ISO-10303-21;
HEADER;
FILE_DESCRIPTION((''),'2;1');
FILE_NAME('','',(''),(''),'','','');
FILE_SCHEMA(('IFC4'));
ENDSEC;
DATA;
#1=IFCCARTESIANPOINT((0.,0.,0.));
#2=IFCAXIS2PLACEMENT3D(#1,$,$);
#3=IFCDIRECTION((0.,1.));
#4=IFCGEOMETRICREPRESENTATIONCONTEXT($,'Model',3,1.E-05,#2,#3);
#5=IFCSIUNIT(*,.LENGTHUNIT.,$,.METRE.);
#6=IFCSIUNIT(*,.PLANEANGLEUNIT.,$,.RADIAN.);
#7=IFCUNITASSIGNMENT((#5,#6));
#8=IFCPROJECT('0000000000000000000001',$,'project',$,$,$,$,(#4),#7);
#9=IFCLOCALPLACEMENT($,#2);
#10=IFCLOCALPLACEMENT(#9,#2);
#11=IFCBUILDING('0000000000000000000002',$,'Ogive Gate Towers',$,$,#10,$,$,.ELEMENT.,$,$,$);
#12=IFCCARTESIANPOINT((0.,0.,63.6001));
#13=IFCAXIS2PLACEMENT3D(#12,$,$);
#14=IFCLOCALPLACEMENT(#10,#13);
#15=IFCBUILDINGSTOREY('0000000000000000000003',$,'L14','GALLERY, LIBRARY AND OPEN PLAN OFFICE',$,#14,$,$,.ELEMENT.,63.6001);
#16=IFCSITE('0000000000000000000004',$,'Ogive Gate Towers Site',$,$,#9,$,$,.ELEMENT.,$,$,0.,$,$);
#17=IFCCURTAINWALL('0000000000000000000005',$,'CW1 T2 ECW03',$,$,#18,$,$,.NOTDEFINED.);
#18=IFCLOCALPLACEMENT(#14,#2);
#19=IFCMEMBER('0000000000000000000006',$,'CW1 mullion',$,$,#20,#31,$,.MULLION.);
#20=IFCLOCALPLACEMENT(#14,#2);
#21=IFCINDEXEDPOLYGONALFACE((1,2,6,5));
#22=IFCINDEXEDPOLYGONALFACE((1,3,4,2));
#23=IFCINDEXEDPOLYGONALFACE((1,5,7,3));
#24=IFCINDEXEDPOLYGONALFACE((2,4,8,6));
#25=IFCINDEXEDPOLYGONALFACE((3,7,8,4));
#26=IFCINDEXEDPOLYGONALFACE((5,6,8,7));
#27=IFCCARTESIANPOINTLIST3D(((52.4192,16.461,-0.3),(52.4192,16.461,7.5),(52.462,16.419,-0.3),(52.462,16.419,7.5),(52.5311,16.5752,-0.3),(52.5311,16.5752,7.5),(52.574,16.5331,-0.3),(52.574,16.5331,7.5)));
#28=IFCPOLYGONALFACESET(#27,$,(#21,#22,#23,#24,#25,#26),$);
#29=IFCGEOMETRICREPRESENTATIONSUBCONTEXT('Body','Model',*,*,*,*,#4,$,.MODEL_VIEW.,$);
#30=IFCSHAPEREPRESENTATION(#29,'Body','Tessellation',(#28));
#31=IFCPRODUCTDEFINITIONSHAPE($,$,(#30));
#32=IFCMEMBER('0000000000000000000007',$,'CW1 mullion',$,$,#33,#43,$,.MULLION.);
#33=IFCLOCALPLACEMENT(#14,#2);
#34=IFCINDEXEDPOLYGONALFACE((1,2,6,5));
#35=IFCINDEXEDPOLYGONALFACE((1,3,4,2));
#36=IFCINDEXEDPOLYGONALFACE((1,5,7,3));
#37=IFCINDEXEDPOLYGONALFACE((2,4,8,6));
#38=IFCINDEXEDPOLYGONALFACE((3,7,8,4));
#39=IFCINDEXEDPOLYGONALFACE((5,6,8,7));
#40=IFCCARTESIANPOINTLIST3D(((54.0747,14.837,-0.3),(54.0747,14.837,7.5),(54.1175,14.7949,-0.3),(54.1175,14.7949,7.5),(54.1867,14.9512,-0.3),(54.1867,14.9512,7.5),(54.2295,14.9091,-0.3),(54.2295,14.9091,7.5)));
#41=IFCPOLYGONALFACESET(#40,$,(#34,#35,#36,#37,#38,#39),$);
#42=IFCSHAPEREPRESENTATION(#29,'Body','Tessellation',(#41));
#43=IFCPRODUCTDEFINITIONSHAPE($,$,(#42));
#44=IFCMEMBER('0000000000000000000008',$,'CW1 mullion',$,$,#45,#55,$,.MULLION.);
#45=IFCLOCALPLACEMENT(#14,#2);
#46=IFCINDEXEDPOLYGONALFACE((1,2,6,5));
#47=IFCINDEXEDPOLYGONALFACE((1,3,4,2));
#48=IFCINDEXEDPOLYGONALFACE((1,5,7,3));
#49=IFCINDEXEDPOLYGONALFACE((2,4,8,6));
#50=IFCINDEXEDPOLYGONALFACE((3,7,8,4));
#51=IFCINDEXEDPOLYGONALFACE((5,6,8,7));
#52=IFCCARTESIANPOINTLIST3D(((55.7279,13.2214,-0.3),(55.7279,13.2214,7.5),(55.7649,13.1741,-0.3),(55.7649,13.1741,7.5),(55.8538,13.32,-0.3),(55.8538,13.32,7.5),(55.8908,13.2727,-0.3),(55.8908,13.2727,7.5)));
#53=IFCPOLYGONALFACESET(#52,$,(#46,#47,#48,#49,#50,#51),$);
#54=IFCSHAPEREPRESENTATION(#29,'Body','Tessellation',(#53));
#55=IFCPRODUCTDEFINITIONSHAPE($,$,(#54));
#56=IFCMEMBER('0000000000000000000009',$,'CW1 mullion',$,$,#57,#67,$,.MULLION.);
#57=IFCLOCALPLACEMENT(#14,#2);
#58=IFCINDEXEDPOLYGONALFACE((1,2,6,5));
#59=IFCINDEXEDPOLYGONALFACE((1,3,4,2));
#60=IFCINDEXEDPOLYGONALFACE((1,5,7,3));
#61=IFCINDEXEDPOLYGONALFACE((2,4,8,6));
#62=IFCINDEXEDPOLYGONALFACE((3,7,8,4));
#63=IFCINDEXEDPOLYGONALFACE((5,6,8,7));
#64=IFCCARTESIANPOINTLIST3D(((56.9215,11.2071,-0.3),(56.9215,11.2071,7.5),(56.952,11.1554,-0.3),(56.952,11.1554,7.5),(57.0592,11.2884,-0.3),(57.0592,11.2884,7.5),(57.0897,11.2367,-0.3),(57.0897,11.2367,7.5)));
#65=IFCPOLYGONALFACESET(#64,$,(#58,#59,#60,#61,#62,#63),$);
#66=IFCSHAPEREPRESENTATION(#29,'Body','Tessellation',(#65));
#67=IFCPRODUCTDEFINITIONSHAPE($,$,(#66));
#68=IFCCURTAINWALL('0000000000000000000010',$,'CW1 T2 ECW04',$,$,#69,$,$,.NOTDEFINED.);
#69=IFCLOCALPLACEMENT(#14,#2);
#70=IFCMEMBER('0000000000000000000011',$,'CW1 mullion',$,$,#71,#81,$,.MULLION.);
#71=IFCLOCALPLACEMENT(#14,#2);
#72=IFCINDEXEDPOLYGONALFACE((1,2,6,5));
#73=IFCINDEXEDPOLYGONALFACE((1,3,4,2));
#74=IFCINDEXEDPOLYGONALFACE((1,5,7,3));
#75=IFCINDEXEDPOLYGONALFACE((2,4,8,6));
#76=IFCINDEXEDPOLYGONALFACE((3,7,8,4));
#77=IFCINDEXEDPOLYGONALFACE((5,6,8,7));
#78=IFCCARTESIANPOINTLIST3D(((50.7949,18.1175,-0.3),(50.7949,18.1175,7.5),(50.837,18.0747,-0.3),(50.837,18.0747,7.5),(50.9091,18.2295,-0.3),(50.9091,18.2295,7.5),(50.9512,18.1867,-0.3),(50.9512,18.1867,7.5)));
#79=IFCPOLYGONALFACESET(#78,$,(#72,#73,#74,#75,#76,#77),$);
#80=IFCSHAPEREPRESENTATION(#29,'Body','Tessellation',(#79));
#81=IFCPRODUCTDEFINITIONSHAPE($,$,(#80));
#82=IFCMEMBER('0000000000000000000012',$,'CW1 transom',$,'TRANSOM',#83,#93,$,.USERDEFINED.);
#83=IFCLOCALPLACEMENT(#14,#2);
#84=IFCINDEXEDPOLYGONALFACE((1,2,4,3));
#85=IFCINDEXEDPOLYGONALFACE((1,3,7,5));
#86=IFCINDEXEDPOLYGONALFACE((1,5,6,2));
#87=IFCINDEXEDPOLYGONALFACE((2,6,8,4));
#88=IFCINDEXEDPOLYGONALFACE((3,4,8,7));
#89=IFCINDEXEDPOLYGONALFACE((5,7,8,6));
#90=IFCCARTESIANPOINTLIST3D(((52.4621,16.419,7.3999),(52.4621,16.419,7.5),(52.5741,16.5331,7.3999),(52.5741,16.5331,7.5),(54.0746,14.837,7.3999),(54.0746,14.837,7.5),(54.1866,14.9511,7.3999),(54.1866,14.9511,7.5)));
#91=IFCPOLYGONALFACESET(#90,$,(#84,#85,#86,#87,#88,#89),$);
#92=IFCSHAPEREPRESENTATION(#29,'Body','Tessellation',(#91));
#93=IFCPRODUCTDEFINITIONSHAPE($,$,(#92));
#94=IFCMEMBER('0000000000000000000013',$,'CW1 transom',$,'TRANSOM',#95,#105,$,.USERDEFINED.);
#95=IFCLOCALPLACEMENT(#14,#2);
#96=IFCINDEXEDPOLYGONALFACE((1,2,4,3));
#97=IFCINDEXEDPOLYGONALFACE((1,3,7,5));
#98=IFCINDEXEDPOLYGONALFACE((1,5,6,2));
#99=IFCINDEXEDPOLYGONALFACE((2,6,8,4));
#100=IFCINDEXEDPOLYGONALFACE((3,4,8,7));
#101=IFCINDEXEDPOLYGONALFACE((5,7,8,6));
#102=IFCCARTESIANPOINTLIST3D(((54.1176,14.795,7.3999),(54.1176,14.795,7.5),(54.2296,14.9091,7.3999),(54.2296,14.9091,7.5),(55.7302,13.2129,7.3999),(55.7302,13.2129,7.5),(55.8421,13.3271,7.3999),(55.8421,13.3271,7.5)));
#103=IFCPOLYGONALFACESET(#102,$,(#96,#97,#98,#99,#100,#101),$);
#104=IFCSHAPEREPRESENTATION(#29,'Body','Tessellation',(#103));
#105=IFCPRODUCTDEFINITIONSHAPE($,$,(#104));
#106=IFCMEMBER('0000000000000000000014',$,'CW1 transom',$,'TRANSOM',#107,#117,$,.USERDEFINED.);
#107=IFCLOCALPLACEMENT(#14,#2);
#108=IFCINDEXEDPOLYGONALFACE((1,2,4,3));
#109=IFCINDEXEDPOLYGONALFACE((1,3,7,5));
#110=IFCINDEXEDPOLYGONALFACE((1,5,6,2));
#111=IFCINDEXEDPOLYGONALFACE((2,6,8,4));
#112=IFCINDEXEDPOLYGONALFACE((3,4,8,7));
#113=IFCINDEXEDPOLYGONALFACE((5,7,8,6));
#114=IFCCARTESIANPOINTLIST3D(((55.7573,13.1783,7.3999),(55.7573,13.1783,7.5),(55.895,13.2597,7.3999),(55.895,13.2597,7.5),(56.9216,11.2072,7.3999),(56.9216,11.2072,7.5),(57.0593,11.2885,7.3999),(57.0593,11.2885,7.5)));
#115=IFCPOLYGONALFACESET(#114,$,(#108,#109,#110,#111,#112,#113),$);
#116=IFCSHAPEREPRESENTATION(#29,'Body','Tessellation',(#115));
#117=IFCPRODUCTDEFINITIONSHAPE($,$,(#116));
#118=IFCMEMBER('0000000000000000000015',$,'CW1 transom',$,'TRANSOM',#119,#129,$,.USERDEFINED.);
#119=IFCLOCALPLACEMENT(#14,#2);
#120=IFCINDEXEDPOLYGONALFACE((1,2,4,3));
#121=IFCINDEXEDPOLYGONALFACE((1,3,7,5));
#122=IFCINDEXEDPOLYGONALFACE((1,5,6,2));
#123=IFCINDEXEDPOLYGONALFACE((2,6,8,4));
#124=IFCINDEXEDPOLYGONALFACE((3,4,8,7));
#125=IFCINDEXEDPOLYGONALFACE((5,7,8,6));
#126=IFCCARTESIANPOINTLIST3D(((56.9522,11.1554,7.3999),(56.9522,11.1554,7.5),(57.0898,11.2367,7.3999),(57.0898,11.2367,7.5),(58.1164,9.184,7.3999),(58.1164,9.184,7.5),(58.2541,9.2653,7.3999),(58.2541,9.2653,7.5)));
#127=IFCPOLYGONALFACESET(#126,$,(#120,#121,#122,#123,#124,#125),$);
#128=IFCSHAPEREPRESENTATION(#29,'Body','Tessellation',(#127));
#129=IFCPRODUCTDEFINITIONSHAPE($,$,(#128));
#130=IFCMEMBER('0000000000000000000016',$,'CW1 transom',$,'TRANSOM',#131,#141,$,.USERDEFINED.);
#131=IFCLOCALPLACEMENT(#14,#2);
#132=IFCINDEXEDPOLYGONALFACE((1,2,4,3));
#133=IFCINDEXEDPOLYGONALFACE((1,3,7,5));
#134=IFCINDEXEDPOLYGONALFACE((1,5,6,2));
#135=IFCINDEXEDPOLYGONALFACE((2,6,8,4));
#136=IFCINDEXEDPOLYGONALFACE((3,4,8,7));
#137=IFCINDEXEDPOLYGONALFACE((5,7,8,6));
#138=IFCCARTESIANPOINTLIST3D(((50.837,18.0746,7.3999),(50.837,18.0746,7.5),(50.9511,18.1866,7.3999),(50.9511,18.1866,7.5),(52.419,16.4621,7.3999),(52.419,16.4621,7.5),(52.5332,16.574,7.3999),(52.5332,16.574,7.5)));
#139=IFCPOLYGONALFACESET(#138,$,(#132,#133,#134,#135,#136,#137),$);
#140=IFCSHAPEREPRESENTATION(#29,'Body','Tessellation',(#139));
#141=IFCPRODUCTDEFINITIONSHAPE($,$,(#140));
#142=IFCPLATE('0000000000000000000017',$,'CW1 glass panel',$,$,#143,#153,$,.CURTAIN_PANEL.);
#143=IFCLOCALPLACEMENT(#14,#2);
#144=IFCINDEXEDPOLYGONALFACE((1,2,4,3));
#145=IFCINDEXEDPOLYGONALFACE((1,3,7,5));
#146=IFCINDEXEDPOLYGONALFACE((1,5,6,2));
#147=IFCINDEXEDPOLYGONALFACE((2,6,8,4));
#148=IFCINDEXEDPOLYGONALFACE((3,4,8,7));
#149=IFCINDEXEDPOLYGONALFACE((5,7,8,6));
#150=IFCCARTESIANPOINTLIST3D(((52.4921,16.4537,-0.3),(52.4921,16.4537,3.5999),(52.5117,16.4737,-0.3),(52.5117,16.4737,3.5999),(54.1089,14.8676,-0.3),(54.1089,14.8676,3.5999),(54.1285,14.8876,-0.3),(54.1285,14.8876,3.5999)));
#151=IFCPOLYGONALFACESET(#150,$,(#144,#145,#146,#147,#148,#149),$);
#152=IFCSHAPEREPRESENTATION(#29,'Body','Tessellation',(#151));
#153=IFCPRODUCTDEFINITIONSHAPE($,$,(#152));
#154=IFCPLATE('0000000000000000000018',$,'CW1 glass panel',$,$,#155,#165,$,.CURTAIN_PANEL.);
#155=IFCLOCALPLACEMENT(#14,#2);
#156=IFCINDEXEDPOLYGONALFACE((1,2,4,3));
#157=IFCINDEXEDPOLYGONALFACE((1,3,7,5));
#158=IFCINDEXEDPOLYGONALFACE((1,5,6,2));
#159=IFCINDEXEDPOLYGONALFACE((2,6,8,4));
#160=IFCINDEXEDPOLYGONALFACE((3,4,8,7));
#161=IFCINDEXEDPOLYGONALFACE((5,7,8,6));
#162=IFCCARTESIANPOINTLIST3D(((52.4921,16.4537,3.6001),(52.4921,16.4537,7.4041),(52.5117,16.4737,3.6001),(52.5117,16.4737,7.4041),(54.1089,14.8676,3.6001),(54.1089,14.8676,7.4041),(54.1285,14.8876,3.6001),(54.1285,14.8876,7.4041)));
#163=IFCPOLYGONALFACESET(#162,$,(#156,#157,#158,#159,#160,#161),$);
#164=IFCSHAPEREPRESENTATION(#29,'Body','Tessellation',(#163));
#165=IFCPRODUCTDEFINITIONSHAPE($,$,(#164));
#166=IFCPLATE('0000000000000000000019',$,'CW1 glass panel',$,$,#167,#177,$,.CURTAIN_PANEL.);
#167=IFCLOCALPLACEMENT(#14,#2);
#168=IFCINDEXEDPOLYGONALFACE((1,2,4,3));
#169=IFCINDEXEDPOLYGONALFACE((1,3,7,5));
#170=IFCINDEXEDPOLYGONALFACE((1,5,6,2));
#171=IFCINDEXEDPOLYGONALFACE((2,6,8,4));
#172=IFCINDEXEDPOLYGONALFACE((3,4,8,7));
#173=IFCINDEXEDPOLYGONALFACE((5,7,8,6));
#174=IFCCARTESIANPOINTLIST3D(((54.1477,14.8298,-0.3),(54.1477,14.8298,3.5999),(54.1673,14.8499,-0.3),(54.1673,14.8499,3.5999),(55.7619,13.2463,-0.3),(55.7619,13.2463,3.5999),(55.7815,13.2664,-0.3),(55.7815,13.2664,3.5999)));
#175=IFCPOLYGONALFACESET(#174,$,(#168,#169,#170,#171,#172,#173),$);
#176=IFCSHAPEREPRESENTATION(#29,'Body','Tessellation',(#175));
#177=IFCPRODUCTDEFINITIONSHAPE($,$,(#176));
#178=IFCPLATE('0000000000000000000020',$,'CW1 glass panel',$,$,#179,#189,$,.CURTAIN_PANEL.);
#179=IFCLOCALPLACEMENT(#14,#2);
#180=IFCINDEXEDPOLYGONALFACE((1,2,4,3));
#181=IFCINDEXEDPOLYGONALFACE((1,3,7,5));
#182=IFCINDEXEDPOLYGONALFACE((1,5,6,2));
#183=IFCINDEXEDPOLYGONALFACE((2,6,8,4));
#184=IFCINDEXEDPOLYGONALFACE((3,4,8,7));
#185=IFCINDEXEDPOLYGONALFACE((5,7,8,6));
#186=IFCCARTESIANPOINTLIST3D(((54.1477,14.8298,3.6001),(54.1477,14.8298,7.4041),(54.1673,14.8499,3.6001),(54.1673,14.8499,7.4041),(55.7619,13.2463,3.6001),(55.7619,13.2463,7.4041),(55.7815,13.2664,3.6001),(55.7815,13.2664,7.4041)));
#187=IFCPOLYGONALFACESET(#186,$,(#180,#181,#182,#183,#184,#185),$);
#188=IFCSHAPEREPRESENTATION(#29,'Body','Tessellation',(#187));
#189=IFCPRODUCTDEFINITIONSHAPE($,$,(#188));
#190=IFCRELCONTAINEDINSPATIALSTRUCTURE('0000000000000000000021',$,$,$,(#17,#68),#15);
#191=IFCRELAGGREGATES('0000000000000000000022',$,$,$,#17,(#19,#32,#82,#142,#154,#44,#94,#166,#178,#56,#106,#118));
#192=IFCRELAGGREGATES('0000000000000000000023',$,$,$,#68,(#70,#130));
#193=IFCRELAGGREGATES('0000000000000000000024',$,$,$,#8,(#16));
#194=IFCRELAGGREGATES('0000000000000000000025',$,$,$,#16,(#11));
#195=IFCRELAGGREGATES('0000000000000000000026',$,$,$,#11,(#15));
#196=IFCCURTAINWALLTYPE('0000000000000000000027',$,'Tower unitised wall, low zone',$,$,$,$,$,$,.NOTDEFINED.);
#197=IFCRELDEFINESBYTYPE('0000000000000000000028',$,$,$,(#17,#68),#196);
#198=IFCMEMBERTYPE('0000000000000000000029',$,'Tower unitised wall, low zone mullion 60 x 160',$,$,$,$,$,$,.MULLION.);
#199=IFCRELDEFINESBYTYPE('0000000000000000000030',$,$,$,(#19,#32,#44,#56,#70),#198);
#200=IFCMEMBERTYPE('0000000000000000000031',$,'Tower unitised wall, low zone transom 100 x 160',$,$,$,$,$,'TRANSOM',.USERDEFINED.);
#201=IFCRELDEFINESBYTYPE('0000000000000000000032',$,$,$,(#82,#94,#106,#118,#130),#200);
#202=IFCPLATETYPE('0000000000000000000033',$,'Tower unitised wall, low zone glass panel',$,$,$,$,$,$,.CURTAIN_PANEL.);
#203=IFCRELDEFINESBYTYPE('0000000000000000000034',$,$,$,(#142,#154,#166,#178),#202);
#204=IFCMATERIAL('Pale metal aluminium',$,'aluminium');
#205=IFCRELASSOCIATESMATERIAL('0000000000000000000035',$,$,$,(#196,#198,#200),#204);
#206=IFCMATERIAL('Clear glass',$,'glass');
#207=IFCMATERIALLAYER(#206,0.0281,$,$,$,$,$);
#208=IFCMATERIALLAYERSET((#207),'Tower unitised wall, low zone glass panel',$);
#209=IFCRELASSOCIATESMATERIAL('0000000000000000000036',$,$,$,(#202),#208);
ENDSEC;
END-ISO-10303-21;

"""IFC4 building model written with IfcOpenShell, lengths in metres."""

from ifc_helpers import new_model, si_unit, direction, frame, origin, origin_2d, place, context, subcontext, project, spatial, rectangle, extrude, material, layer, layer_set, material_profile, profile_set, type_object, element, aggregate, save


model = new_model("IFC4")

# Units and contexts
model_context = context("Model", 3, precision=1e-05, world=origin(), true_north=direction((0.0, 1.0)))
body_context = subcontext(model_context, "Body", "Model", "MODEL_VIEW")
ifc_project = project(units=[si_unit("LENGTHUNIT", "METRE"), si_unit("PLANEANGLEUNIT", "RADIAN")], contexts=[model_context])

# Site, building, storey
site_placement = place(None, origin())
site = spatial("IfcSite", under=ifc_project, at=site_placement, Name="Ogive Gate Towers Site", CompositionType="ELEMENT", RefElevation=0.0)
building_placement = place(site_placement, origin())
building = spatial("IfcBuilding", under=site, at=building_placement, Name="Ogive Gate Towers", CompositionType="ELEMENT")
storey_placement = place(building_placement, frame((0.0, 0.0, 63.6001)))
storey = spatial("IfcBuildingStorey", under=building, at=storey_placement, Name="L14", Description="GALLERY, LIBRARY AND OPEN PLAN OFFICE", CompositionType="ELEMENT", Elevation=63.6001)

# Curtain wall, members
ifc_material_1 = material(Name="Pale metal aluminium", Category="aluminium")
curtain_wall_type = type_object("IfcCurtainWallType", Name="Tower unitised wall, low zone", PredefinedType="NOTDEFINED", material=ifc_material_1)
curtain_wall_1_placement = place(storey_placement, origin())
curtain_wall_1 = element("IfcCurtainWall", 1, at=curtain_wall_1_placement, inside=storey, type_object=curtain_wall_type, Name="CW1 T2 ECW03", PredefinedType="NOTDEFINED")
ifc_material_profile_1 = material_profile(ifc_material_1, rectangle(XDim=0.1599, YDim=0.0601, at=origin_2d()), Name="60 x 160 aluminium box")
ifc_profile_set_1 = profile_set([ifc_material_profile_1], Name="Pale metal aluminium")
member_type_1 = type_object("IfcMemberType", Name="Tower unitised wall, low zone mullion 60 x 160", PredefinedType="MULLION", material=ifc_profile_set_1)
member_1_placement = place(storey_placement, frame((52.4966, 16.4971, -0.3), z_axis=(0.0, 0.0, 1.0), x_axis=(-0.700299, -0.71385, 0.0)))
member_1 = element("IfcMember", 2, at=member_1_placement, type_object=member_type_1, Name="CW1 mullion", PredefinedType="MULLION", context=body_context, shape_type="SweptSolid", body=[
    extrude(rectangle(XDim=0.1599, YDim=0.0601, at=origin_2d()), origin(), (0.0, 0.0, 1.0), 7.8),
])
member_2_placement = place(storey_placement, frame((54.1521, 14.873, -0.3), z_axis=(0.0, 0.0, 1.0), x_axis=(-0.700299, -0.71385, 0.0)))
member_2 = element("IfcMember", 3, at=member_2_placement, type_object=member_type_1, Name="CW1 mullion", PredefinedType="MULLION", context=body_context, shape_type="SweptSolid", body=[
    extrude(rectangle(XDim=0.1599, YDim=0.0601, at=origin_2d()), origin(), (0.0, 0.0, 1.0), 7.8),
])
member_3_placement = place(storey_placement, frame((55.8093, 13.2471, -0.3), z_axis=(0.0, 0.0, 1.0), x_axis=(-0.787387, -0.616459, 0.0)))
member_3 = element("IfcMember", 4, at=member_3_placement, type_object=member_type_1, Name="CW1 mullion", PredefinedType="MULLION", context=body_context, shape_type="SweptSolid", body=[
    extrude(rectangle(XDim=0.1599, YDim=0.0601, at=origin_2d()), origin(), (0.0, 0.0, 1.0), 7.8),
])
member_4_placement = place(storey_placement, frame((57.0056, 11.2219, -0.3), z_axis=(0.0, 0.0, 1.0), x_axis=(-0.861035, -0.508546, 0.0)))
member_4 = element("IfcMember", 5, at=member_4_placement, type_object=member_type_1, Name="CW1 mullion", PredefinedType="MULLION", context=body_context, shape_type="SweptSolid", body=[
    extrude(rectangle(XDim=0.1599, YDim=0.0601, at=origin_2d()), origin(), (0.0, 0.0, 1.0), 7.8),
])

# Curtain wall, member
curtain_wall_2_placement = place(storey_placement, origin())
curtain_wall_2 = element("IfcCurtainWall", 6, at=curtain_wall_2_placement, inside=storey, type_object=curtain_wall_type, Name="CW1 T2 ECW04", PredefinedType="NOTDEFINED")
member_5_placement = place(storey_placement, frame((50.873, 18.1521, -0.3), z_axis=(0.0, 0.0, 1.0), x_axis=(-0.71385, -0.700299, 0.0)))
member_5 = element("IfcMember", 7, at=member_5_placement, type_object=member_type_1, Name="CW1 mullion", PredefinedType="MULLION", context=body_context, shape_type="SweptSolid", body=[
    extrude(rectangle(XDim=0.1599, YDim=0.0601, at=origin_2d()), origin(), (0.0, 0.0, 1.0), 7.8),
])

# Members
ifc_material_profile_2 = material_profile(ifc_material_1, rectangle(XDim=0.1599, YDim=0.1001, at=origin_2d()), Name="100 x 160 aluminium box")
ifc_profile_set_2 = profile_set([ifc_material_profile_2], Name="Pale metal aluminium")
member_type_2 = type_object("IfcMemberType", Name="Tower unitised wall, low zone transom 100 x 160", ElementType="TRANSOM", PredefinedType="USERDEFINED", material=ifc_profile_set_2)
member_6_placement = place(storey_placement, frame((52.5181, 16.4761, 7.45), z_axis=(0.713829, -0.70032, 0.0), x_axis=(0.70032, 0.713829, 0.0)))
member_6 = element("IfcMember", 8, at=member_6_placement, type_object=member_type_2, Name="CW1 transom", ObjectType="TRANSOM", PredefinedType="USERDEFINED", context=body_context, shape_type="SweptSolid", body=[
    extrude(rectangle(XDim=0.1599, YDim=0.1001, at=origin_2d()), origin(), (0.0, 0.0, 1.0), 2.259),
])
member_7_placement = place(storey_placement, frame((54.1736, 14.8521, 7.45), z_axis=(0.713829, -0.70032, 0.0), x_axis=(0.70032, 0.713829, 0.0)))
member_7 = element("IfcMember", 9, at=member_7_placement, type_object=member_type_2, Name="CW1 transom", ObjectType="TRANSOM", PredefinedType="USERDEFINED", context=body_context, shape_type="SweptSolid", body=[
    extrude(rectangle(XDim=0.1599, YDim=0.1001, at=origin_2d()), origin(), (0.0, 0.0, 1.0), 2.259),
])
member_8_placement = place(storey_placement, frame((55.8262, 13.219, 7.45), z_axis=(0.508571, -0.86102, 0.0), x_axis=(0.86102, 0.508571, 0.0)))
member_8 = element("IfcMember", 10, at=member_8_placement, type_object=member_type_2, Name="CW1 transom", ObjectType="TRANSOM", PredefinedType="USERDEFINED", context=body_context, shape_type="SweptSolid", body=[
    extrude(rectangle(XDim=0.1599, YDim=0.1001, at=origin_2d()), origin(), (0.0, 0.0, 1.0), 2.2893),
])
member_9_placement = place(storey_placement, frame((57.021, 11.196, 7.45), z_axis=(0.508525, -0.861048, 0.0), x_axis=(0.861048, 0.508525, 0.0)))
member_9 = element("IfcMember", 11, at=member_9_placement, type_object=member_type_2, Name="CW1 transom", ObjectType="TRANSOM", PredefinedType="USERDEFINED", context=body_context, shape_type="SweptSolid", body=[
    extrude(rectangle(XDim=0.1599, YDim=0.1001, at=origin_2d()), origin(), (0.0, 0.0, 1.0), 2.2896),
])
member_10_placement = place(storey_placement, frame((50.894, 18.1306, 7.45), z_axis=(0.70032, -0.713829, 0.0), x_axis=(0.713829, 0.70032, 0.0)))
member_10 = element("IfcMember", 12, at=member_10_placement, type_object=member_type_2, Name="CW1 transom", ObjectType="TRANSOM", PredefinedType="USERDEFINED", context=body_context, shape_type="SweptSolid", body=[
    extrude(rectangle(XDim=0.1599, YDim=0.1001, at=origin_2d()), origin(), (0.0, 0.0, 1.0), 2.259),
])

# Plates
ifc_material_2 = material(Name="Clear glass", Category="glass")
ifc_layer_1 = layer(ifc_material_2, 0.0281)
ifc_layer_set_1 = layer_set([ifc_layer_1], Name="Tower unitised wall, low zone glass panel")
plate_type = type_object("IfcPlateType", Name="Tower unitised wall, low zone glass panel", PredefinedType="CURTAIN_PANEL", material=ifc_layer_set_1)
plate_1_placement = place(storey_placement, frame((53.3103, 15.6707, -0.3), z_axis=(0.0, 0.0, 1.0), x_axis=(0.71385, -0.700299, 0.0)))
plate_1 = element("IfcPlate", 13, at=plate_1_placement, type_object=plate_type, Name="CW1 glass panel", PredefinedType="CURTAIN_PANEL", context=body_context, shape_type="SweptSolid", body=[
    extrude(rectangle(XDim=2.2649, YDim=0.0281, at=origin_2d()), origin(), (0.0, 0.0, 1.0), 3.8999),
])
plate_2_placement = place(storey_placement, frame((53.3103, 15.6707, 3.6001), z_axis=(0.0, 0.0, 1.0), x_axis=(0.71385, -0.700299, 0.0)))
plate_2 = element("IfcPlate", 14, at=plate_2_placement, type_object=plate_type, Name="CW1 glass panel", PredefinedType="CURTAIN_PANEL", context=body_context, shape_type="SweptSolid", body=[
    extrude(rectangle(XDim=2.2649, YDim=0.0281, at=origin_2d()), origin(), (0.0, 0.0, 1.0), 3.804),
])
plate_3_placement = place(storey_placement, frame((54.9646, 14.0481, -0.3), z_axis=(0.0, 0.0, 1.0), x_axis=(0.713862, -0.700287, 0.0)))
plate_3 = element("IfcPlate", 15, at=plate_3_placement, type_object=plate_type, Name="CW1 glass panel", PredefinedType="CURTAIN_PANEL", context=body_context, shape_type="SweptSolid", body=[
    extrude(rectangle(XDim=2.2612, YDim=0.0281, at=origin_2d()), origin(), (0.0, 0.0, 1.0), 3.8999),
])
plate_4_placement = place(storey_placement, frame((54.9646, 14.0481, 3.6001), z_axis=(0.0, 0.0, 1.0), x_axis=(0.713862, -0.700287, 0.0)))
plate_4 = element("IfcPlate", 16, at=plate_4_placement, type_object=plate_type, Name="CW1 glass panel", PredefinedType="CURTAIN_PANEL", context=body_context, shape_type="SweptSolid", body=[
    extrude(rectangle(XDim=2.2612, YDim=0.0281, at=origin_2d()), origin(), (0.0, 0.0, 1.0), 3.804),
])
aggregate(curtain_wall_1, [member_1, member_2, member_6, plate_1, plate_2, member_3, member_7, plate_3, plate_4, member_4, member_8, member_9])
aggregate(curtain_wall_2, [member_5, member_10])

save(model, "model.ifc")
